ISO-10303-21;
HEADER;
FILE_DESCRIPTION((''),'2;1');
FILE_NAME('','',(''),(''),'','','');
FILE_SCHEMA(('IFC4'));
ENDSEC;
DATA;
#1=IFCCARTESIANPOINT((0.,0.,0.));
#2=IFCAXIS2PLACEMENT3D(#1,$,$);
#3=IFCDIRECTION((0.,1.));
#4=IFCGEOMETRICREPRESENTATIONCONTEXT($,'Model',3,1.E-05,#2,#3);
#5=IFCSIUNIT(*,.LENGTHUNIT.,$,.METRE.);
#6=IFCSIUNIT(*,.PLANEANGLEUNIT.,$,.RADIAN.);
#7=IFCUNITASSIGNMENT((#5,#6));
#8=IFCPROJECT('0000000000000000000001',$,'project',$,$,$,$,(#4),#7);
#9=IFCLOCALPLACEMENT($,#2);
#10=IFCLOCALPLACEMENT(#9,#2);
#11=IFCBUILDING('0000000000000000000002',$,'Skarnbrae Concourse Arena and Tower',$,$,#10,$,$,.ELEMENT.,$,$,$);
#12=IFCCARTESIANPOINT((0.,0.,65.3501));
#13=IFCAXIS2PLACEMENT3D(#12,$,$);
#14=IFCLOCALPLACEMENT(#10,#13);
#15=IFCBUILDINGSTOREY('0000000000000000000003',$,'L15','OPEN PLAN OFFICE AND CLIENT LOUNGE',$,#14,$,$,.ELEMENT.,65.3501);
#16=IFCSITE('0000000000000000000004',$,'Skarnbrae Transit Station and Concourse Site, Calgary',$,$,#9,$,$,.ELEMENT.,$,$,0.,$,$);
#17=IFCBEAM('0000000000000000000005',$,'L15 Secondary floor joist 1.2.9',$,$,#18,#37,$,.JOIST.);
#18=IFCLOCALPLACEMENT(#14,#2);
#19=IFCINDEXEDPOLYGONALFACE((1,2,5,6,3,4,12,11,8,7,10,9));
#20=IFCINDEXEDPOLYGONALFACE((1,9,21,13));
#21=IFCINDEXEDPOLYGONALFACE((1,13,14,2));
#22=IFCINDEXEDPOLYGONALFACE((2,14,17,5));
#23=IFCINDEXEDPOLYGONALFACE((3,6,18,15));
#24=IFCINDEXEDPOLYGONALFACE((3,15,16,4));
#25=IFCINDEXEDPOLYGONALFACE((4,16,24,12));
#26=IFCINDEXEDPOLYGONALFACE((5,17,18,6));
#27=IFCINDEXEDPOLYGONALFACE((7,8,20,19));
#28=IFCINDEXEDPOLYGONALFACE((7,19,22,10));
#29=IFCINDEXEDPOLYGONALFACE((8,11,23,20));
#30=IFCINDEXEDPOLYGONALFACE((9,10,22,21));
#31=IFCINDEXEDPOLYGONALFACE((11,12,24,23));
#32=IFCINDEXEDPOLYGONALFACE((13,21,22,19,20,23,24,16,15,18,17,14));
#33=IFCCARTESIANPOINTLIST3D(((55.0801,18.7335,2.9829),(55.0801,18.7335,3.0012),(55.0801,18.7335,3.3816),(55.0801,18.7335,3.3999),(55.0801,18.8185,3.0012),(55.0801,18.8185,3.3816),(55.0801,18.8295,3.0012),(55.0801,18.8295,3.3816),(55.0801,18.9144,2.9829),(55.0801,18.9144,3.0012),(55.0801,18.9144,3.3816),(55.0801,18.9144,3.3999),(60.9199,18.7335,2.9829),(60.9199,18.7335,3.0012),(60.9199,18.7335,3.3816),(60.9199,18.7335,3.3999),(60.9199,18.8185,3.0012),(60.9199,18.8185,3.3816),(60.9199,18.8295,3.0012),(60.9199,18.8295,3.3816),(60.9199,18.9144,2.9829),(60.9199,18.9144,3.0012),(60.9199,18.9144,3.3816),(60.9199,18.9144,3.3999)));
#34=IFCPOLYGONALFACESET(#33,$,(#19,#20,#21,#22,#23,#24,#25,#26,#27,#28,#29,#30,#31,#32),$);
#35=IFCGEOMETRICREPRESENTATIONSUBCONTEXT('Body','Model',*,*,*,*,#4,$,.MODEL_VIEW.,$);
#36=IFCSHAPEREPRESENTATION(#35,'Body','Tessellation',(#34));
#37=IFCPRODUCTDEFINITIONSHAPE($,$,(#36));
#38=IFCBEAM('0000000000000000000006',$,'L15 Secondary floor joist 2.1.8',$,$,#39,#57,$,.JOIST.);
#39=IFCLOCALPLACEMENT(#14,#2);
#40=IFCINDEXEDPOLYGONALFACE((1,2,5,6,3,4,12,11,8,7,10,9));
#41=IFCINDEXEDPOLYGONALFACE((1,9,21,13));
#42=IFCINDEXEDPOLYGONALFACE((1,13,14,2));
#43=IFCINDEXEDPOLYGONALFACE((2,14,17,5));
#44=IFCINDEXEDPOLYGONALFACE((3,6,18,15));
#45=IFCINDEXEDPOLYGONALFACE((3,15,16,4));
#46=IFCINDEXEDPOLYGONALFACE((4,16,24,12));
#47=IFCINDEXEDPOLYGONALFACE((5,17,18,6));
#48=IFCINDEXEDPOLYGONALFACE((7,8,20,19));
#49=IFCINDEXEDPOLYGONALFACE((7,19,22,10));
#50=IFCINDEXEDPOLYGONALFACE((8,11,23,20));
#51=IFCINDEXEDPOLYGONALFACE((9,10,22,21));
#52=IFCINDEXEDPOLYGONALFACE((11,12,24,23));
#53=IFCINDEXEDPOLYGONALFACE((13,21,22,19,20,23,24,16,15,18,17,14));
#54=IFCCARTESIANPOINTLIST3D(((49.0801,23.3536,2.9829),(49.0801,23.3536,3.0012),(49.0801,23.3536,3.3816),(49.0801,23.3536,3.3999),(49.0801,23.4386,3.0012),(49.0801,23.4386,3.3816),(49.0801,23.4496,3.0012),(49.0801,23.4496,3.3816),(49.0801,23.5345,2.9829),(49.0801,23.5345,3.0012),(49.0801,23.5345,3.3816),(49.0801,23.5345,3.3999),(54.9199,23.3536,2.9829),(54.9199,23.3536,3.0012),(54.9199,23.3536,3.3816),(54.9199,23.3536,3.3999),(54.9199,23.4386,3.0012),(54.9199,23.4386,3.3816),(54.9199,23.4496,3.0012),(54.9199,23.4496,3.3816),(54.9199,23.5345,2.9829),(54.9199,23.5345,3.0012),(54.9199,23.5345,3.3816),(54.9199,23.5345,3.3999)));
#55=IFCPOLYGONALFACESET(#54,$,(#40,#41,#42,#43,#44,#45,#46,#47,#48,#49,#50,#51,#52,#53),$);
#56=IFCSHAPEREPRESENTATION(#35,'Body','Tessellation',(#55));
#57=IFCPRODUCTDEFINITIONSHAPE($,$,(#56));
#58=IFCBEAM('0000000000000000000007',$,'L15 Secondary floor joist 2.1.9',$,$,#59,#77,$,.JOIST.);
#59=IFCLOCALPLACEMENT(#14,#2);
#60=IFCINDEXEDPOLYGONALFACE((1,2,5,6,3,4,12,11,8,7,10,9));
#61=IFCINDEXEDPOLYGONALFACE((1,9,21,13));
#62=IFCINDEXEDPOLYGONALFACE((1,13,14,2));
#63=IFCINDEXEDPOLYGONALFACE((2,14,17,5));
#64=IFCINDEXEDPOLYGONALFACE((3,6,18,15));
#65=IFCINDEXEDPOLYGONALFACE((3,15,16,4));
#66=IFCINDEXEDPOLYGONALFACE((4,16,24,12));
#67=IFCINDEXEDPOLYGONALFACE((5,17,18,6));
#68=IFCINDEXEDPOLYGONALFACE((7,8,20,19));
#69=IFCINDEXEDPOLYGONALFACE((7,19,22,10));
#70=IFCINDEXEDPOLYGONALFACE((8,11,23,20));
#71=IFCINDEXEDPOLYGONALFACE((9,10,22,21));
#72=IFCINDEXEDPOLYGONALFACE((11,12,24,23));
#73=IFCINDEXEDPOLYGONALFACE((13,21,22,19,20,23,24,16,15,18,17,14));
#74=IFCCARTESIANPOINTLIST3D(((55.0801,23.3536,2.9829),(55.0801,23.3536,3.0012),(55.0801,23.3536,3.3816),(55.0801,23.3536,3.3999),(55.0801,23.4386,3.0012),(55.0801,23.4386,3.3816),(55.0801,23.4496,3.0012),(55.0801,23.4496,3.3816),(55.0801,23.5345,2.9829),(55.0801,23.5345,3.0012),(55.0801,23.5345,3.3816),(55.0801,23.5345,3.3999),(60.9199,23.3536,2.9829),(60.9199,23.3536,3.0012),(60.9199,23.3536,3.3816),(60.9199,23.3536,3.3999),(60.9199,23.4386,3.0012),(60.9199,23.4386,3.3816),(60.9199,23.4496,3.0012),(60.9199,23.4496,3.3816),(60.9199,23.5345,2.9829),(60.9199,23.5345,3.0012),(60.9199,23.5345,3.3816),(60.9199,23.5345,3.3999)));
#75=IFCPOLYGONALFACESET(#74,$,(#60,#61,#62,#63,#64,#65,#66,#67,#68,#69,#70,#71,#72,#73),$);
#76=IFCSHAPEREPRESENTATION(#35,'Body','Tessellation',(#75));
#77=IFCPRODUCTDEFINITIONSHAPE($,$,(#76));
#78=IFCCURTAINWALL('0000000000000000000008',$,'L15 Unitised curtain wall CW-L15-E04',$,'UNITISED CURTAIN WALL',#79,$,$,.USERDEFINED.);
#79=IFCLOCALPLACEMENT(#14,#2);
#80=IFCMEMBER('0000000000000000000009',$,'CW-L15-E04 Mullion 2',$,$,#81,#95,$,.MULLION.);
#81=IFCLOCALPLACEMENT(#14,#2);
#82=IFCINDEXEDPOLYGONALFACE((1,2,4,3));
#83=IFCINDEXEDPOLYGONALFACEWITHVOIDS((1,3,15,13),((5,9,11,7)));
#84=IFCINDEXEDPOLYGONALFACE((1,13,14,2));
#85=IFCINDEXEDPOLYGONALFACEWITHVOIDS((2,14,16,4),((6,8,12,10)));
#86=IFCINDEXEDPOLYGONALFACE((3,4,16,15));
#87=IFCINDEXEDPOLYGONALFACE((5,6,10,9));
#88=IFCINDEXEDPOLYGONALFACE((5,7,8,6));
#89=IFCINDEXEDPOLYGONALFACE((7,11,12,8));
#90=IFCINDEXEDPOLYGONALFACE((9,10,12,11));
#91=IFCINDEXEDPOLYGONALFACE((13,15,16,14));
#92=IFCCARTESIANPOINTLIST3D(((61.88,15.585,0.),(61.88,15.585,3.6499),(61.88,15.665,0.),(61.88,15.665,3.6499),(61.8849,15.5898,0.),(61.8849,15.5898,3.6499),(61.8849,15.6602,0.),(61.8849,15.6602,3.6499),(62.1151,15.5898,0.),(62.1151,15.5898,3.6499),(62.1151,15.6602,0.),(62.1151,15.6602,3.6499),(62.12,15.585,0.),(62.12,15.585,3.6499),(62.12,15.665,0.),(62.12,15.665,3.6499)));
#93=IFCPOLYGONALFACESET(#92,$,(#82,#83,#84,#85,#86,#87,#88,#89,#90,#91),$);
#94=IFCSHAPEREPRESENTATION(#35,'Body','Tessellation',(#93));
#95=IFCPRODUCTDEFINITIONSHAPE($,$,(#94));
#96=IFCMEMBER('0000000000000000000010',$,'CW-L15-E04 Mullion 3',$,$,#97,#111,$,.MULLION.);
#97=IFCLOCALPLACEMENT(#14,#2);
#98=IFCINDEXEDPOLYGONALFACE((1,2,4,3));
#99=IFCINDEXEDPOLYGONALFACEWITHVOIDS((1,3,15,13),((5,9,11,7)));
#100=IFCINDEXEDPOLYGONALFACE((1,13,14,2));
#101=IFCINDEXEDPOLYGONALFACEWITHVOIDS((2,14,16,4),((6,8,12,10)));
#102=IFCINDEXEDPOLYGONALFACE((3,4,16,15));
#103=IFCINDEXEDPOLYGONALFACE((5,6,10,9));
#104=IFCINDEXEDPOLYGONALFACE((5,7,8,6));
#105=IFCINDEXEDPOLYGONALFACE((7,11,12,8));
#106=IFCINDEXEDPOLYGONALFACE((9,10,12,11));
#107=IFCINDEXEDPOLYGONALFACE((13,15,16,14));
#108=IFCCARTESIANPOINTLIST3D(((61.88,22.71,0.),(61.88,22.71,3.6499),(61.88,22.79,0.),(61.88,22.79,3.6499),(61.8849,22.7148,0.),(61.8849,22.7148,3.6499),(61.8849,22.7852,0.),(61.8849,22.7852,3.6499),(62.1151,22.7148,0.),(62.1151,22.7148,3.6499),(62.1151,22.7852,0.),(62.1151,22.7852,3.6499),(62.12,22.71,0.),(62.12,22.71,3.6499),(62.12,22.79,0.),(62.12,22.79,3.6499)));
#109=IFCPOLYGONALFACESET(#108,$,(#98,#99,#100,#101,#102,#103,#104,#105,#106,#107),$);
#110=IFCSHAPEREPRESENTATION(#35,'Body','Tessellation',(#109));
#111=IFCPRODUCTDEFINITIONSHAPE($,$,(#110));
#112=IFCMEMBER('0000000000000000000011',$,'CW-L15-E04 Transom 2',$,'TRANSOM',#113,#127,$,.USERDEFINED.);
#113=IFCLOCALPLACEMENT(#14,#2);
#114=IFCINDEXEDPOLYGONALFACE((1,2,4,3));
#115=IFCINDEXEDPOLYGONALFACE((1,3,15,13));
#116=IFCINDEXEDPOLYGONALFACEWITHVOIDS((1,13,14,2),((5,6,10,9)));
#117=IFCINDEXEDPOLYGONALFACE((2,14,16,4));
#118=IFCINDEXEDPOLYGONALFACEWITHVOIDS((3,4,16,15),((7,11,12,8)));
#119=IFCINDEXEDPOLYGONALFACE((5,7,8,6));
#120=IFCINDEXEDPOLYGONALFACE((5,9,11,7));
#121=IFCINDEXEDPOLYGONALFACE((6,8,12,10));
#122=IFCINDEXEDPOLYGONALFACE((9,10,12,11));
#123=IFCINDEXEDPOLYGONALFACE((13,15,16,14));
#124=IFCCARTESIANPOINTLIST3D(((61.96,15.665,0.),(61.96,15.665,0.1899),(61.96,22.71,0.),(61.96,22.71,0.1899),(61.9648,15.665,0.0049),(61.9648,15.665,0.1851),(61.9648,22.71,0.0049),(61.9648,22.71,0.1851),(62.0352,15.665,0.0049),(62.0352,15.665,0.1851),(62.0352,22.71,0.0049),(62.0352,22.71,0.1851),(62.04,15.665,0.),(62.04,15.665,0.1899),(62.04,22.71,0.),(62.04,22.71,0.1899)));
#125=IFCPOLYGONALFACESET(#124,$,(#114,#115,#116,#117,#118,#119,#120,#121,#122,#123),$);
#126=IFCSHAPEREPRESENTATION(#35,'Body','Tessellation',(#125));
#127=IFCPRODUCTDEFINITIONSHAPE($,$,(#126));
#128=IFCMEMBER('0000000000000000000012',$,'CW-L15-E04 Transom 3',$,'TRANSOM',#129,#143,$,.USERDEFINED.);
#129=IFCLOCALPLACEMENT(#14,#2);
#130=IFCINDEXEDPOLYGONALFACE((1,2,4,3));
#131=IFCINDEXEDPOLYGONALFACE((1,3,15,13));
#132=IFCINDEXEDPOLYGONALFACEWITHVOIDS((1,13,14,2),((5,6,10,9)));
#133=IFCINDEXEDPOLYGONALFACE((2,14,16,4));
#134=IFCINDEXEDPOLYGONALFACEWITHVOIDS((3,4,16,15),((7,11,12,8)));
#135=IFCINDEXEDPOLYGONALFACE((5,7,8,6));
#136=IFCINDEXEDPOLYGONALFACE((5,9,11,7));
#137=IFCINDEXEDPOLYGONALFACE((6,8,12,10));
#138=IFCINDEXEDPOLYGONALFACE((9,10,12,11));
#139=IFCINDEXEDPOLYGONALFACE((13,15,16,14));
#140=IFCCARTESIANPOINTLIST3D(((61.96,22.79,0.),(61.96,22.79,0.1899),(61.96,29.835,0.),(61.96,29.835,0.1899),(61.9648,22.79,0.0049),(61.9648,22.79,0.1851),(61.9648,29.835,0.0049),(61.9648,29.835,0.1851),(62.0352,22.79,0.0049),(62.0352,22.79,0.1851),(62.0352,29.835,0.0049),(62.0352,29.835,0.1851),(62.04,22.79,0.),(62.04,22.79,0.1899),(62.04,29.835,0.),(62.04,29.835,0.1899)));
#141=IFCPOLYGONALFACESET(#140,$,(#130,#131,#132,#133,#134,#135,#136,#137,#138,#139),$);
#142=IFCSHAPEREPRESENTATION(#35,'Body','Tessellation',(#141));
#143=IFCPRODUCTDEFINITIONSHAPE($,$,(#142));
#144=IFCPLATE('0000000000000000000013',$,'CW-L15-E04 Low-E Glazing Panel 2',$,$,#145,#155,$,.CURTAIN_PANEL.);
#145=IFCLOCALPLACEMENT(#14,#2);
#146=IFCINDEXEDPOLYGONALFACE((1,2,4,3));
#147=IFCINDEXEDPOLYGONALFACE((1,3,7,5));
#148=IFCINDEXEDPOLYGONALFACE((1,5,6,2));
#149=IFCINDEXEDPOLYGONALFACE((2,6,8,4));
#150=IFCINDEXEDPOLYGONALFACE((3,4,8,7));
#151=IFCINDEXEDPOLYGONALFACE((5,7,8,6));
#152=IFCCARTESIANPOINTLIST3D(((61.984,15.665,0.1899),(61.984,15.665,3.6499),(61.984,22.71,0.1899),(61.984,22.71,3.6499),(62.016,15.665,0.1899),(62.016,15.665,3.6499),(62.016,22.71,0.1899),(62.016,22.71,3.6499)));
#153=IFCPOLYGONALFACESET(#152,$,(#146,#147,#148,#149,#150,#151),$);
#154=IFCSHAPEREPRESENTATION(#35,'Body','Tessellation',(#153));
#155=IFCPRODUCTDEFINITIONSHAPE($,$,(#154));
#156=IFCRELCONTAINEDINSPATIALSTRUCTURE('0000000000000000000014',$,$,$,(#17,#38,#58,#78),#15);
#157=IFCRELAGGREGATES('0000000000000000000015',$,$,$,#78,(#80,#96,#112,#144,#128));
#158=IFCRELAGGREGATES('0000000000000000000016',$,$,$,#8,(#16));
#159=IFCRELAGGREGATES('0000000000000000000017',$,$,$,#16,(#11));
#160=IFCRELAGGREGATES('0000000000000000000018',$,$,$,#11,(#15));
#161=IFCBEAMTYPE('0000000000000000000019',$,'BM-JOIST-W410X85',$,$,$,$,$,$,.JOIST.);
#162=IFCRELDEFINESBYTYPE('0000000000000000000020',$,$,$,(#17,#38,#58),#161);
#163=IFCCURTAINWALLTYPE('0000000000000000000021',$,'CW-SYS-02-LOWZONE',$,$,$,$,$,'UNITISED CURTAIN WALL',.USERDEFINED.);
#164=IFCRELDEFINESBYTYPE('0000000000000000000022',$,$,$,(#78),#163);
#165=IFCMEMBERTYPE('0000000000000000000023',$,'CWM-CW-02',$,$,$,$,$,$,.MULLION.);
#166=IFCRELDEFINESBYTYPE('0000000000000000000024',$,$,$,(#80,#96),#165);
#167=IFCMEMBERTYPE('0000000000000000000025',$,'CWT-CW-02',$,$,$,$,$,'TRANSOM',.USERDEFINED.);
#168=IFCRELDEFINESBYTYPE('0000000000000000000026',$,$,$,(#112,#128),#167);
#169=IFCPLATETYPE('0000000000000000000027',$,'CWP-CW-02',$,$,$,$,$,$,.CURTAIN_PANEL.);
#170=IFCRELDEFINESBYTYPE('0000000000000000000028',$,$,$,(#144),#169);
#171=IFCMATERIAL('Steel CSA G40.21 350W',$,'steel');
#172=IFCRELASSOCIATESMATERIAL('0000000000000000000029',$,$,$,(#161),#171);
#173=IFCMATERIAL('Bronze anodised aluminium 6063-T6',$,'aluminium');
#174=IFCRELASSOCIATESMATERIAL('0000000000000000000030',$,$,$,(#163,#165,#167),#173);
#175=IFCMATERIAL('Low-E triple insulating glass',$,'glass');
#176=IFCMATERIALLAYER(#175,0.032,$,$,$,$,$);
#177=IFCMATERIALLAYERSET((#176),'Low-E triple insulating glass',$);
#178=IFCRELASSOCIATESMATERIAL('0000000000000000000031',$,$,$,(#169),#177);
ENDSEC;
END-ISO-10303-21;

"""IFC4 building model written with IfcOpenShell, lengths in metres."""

from ifc_helpers import new_model, si_unit, direction, frame, origin, origin_2d, place, context, subcontext, project, spatial, rectangle, hollow_rectangle, i_section, extrude, source, transform, mapped, material, layer, layer_set, material_profile, profile_set, type_object, element, aggregate, save


model = new_model("IFC4")

# Units and contexts
model_context = context("Model", 3, precision=1e-05, world=origin(), true_north=direction((0.0, 1.0)))
body_context = subcontext(model_context, "Body", "Model", "MODEL_VIEW")
ifc_project = project(units=[si_unit("LENGTHUNIT", "METRE"), si_unit("PLANEANGLEUNIT", "RADIAN")], contexts=[model_context])

# Site, building, storey
site_placement = place(None, origin())
site = spatial("IfcSite", under=ifc_project, at=site_placement, Name="Skarnbrae Transit Station and Concourse Site, Calgary", CompositionType="ELEMENT", RefElevation=0.0)
building_placement = place(site_placement, origin())
building = spatial("IfcBuilding", under=site, at=building_placement, Name="Skarnbrae Concourse Arena and Tower", CompositionType="ELEMENT")
storey_placement = place(building_placement, frame((0.0, 0.0, 65.3501)))
storey = spatial("IfcBuildingStorey", under=building, at=storey_placement, Name="L15", Description="OPEN PLAN OFFICE AND CLIENT LOUNGE", CompositionType="ELEMENT", Elevation=65.3501)

# Shared definitions
ifc_material_1 = material(Name="Steel CSA G40.21 350W", Category="steel")

# Beams
ifc_material_profile_1 = material_profile(ifc_material_1, i_section(OverallWidth=0.1809, OverallDepth=0.417, WebThickness=0.011, FlangeThickness=0.0183, at=origin_2d()), Name="W410X85")
ifc_profile_set_1 = profile_set([ifc_material_profile_1], Name="Steel CSA G40.21 350W")
beam_type_1 = type_object("IfcBeamType", Name="BM-JOIST-W410X85", PredefinedType="JOIST", material=ifc_profile_set_1)
shared_shape_1 = source(origin(), body_context, "Body", "SweptSolid", [
    extrude(i_section(OverallWidth=0.1809, OverallDepth=0.417, WebThickness=0.011, FlangeThickness=0.0183, at=origin_2d()), origin(), (0.0, 0.0, 1.0), 5.8398),
])
for number, where, z_axis, x_axis, name in (
    (1, (55.0801, 18.824, 3.1914), (1.0, 0.0, 0.0), (0.0, 1.0, 0.0), "L15 Secondary floor joist 1.2.9"),
    (2, (49.0801, 23.4441, 3.1914), (1.0, 0.0, 0.0), (0.0, 1.0, 0.0), "L15 Secondary floor joist 2.1.8"),
    (3, (55.0801, 23.4441, 3.1914), (1.0, 0.0, 0.0), (0.0, 1.0, 0.0), "L15 Secondary floor joist 2.1.9"),
):
    element("IfcBeam", number, at=place(storey_placement, frame(where, z_axis=z_axis, x_axis=x_axis)), inside=storey, type_object=beam_type_1, Name=name, PredefinedType="JOIST", context=body_context, shape_type="MappedRepresentation", body=[
        mapped(shared_shape_1, transform((0.0, 0.0, 0.0))),
    ])

# Curtain wall, members, plate
ifc_material_2 = material(Name="Bronze anodised aluminium 6063-T6", Category="aluminium")
curtain_wall_type = type_object("IfcCurtainWallType", Name="CW-SYS-02-LOWZONE", ElementType="UNITISED CURTAIN WALL", PredefinedType="USERDEFINED", material=ifc_material_2)
curtain_wall_placement = place(storey_placement, origin())
curtain_wall = element("IfcCurtainWall", 4, at=curtain_wall_placement, inside=storey, type_object=curtain_wall_type, Name="L15 Unitised curtain wall CW-L15-E04", ObjectType="UNITISED CURTAIN WALL", PredefinedType="USERDEFINED")
ifc_material_profile_2 = material_profile(ifc_material_2, hollow_rectangle(XDim=0.0801, YDim=0.24, WallThickness=0.0049, at=origin_2d()), Name="ALU-MULL-80X240")
ifc_profile_set_2 = profile_set([ifc_material_profile_2], Name="Bronze anodised aluminium 6063-T6")
member_type_1 = type_object("IfcMemberType", Name="CWM-CW-02", PredefinedType="MULLION", material=ifc_profile_set_2)
shared_shape_2 = source(origin(), body_context, "Body", "SweptSolid", [
    extrude(hollow_rectangle(XDim=0.0801, YDim=0.24, WallThickness=0.0049, at=origin_2d()), origin(), (0.0, 0.0, 1.0), 3.6499),
])
member_1_placement = place(storey_placement, frame((62.0, 15.625, 0.0), z_axis=(0.0, 0.0, 1.0), x_axis=(0.0, 1.0, 0.0)))
member_1 = element("IfcMember", 5, at=member_1_placement, type_object=member_type_1, Name="CW-L15-E04 Mullion 2", PredefinedType="MULLION", context=body_context, shape_type="MappedRepresentation", body=[
    mapped(shared_shape_2, transform((0.0, 0.0, 0.0))),
])
member_2_placement = place(storey_placement, frame((62.0, 22.75, 0.0), z_axis=(0.0, 0.0, 1.0), x_axis=(0.0, 1.0, 0.0)))
member_2 = element("IfcMember", 6, at=member_2_placement, type_object=member_type_1, Name="CW-L15-E04 Mullion 3", PredefinedType="MULLION", context=body_context, shape_type="MappedRepresentation", body=[
    mapped(shared_shape_2, transform((0.0, 0.0, 0.0))),
])
ifc_material_profile_3 = material_profile(ifc_material_2, hollow_rectangle(XDim=0.0801, YDim=0.1899, WallThickness=0.0049, at=origin_2d()), Name="ALU-TRAN-80X190")
ifc_profile_set_3 = profile_set([ifc_material_profile_3], Name="Bronze anodised aluminium 6063-T6")
member_type_2 = type_object("IfcMemberType", Name="CWT-CW-02", ElementType="TRANSOM", PredefinedType="USERDEFINED", material=ifc_profile_set_3)
shared_shape_3 = source(origin(), body_context, "Body", "SweptSolid", [
    extrude(hollow_rectangle(XDim=0.0801, YDim=0.1899, WallThickness=0.0049, at=origin_2d()), origin(), (0.0, 0.0, 1.0), 7.0449),
])
member_3_placement = place(storey_placement, frame((62.0, 15.665, 0.095), z_axis=(0.0, 1.0, 0.0), x_axis=(-1.0, 0.0, 0.0)))
member_3 = element("IfcMember", 7, at=member_3_placement, type_object=member_type_2, Name="CW-L15-E04 Transom 2", ObjectType="TRANSOM", PredefinedType="USERDEFINED", context=body_context, shape_type="MappedRepresentation", body=[
    mapped(shared_shape_3, transform((0.0, 0.0, 0.0))),
])
member_4_placement = place(storey_placement, frame((62.0, 22.79, 0.095), z_axis=(0.0, 1.0, 0.0), x_axis=(-1.0, 0.0, 0.0)))
member_4 = element("IfcMember", 8, at=member_4_placement, type_object=member_type_2, Name="CW-L15-E04 Transom 3", ObjectType="TRANSOM", PredefinedType="USERDEFINED", context=body_context, shape_type="MappedRepresentation", body=[
    mapped(shared_shape_3, transform((0.0, 0.0, 0.0))),
])
ifc_material_3 = material(Name="Low-E triple insulating glass", Category="glass")
ifc_layer = layer(ifc_material_3, 0.032)
ifc_layer_set = layer_set([ifc_layer], Name="Low-E triple insulating glass")
plate_type = type_object("IfcPlateType", Name="CWP-CW-02", PredefinedType="CURTAIN_PANEL", material=ifc_layer_set)
shared_shape_4 = source(origin(), body_context, "Body", "SweptSolid", [
    extrude(rectangle(XDim=7.0449, YDim=0.032, at=origin_2d()), origin(), (0.0, 0.0, 1.0), 3.46),
])
plate_placement = place(storey_placement, frame((62.0, 19.1875, 0.1899), z_axis=(0.0, 0.0, 1.0), x_axis=(0.0, 1.0, 0.0)))
plate = element("IfcPlate", 9, at=plate_placement, type_object=plate_type, Name="CW-L15-E04 Low-E Glazing Panel 2", PredefinedType="CURTAIN_PANEL", context=body_context, shape_type="MappedRepresentation", body=[
    mapped(shared_shape_4, transform((0.0, 0.0, 0.0))),
])
aggregate(curtain_wall, [member_1, member_2, member_3, plate, member_4])

save(model, "model.ifc")
